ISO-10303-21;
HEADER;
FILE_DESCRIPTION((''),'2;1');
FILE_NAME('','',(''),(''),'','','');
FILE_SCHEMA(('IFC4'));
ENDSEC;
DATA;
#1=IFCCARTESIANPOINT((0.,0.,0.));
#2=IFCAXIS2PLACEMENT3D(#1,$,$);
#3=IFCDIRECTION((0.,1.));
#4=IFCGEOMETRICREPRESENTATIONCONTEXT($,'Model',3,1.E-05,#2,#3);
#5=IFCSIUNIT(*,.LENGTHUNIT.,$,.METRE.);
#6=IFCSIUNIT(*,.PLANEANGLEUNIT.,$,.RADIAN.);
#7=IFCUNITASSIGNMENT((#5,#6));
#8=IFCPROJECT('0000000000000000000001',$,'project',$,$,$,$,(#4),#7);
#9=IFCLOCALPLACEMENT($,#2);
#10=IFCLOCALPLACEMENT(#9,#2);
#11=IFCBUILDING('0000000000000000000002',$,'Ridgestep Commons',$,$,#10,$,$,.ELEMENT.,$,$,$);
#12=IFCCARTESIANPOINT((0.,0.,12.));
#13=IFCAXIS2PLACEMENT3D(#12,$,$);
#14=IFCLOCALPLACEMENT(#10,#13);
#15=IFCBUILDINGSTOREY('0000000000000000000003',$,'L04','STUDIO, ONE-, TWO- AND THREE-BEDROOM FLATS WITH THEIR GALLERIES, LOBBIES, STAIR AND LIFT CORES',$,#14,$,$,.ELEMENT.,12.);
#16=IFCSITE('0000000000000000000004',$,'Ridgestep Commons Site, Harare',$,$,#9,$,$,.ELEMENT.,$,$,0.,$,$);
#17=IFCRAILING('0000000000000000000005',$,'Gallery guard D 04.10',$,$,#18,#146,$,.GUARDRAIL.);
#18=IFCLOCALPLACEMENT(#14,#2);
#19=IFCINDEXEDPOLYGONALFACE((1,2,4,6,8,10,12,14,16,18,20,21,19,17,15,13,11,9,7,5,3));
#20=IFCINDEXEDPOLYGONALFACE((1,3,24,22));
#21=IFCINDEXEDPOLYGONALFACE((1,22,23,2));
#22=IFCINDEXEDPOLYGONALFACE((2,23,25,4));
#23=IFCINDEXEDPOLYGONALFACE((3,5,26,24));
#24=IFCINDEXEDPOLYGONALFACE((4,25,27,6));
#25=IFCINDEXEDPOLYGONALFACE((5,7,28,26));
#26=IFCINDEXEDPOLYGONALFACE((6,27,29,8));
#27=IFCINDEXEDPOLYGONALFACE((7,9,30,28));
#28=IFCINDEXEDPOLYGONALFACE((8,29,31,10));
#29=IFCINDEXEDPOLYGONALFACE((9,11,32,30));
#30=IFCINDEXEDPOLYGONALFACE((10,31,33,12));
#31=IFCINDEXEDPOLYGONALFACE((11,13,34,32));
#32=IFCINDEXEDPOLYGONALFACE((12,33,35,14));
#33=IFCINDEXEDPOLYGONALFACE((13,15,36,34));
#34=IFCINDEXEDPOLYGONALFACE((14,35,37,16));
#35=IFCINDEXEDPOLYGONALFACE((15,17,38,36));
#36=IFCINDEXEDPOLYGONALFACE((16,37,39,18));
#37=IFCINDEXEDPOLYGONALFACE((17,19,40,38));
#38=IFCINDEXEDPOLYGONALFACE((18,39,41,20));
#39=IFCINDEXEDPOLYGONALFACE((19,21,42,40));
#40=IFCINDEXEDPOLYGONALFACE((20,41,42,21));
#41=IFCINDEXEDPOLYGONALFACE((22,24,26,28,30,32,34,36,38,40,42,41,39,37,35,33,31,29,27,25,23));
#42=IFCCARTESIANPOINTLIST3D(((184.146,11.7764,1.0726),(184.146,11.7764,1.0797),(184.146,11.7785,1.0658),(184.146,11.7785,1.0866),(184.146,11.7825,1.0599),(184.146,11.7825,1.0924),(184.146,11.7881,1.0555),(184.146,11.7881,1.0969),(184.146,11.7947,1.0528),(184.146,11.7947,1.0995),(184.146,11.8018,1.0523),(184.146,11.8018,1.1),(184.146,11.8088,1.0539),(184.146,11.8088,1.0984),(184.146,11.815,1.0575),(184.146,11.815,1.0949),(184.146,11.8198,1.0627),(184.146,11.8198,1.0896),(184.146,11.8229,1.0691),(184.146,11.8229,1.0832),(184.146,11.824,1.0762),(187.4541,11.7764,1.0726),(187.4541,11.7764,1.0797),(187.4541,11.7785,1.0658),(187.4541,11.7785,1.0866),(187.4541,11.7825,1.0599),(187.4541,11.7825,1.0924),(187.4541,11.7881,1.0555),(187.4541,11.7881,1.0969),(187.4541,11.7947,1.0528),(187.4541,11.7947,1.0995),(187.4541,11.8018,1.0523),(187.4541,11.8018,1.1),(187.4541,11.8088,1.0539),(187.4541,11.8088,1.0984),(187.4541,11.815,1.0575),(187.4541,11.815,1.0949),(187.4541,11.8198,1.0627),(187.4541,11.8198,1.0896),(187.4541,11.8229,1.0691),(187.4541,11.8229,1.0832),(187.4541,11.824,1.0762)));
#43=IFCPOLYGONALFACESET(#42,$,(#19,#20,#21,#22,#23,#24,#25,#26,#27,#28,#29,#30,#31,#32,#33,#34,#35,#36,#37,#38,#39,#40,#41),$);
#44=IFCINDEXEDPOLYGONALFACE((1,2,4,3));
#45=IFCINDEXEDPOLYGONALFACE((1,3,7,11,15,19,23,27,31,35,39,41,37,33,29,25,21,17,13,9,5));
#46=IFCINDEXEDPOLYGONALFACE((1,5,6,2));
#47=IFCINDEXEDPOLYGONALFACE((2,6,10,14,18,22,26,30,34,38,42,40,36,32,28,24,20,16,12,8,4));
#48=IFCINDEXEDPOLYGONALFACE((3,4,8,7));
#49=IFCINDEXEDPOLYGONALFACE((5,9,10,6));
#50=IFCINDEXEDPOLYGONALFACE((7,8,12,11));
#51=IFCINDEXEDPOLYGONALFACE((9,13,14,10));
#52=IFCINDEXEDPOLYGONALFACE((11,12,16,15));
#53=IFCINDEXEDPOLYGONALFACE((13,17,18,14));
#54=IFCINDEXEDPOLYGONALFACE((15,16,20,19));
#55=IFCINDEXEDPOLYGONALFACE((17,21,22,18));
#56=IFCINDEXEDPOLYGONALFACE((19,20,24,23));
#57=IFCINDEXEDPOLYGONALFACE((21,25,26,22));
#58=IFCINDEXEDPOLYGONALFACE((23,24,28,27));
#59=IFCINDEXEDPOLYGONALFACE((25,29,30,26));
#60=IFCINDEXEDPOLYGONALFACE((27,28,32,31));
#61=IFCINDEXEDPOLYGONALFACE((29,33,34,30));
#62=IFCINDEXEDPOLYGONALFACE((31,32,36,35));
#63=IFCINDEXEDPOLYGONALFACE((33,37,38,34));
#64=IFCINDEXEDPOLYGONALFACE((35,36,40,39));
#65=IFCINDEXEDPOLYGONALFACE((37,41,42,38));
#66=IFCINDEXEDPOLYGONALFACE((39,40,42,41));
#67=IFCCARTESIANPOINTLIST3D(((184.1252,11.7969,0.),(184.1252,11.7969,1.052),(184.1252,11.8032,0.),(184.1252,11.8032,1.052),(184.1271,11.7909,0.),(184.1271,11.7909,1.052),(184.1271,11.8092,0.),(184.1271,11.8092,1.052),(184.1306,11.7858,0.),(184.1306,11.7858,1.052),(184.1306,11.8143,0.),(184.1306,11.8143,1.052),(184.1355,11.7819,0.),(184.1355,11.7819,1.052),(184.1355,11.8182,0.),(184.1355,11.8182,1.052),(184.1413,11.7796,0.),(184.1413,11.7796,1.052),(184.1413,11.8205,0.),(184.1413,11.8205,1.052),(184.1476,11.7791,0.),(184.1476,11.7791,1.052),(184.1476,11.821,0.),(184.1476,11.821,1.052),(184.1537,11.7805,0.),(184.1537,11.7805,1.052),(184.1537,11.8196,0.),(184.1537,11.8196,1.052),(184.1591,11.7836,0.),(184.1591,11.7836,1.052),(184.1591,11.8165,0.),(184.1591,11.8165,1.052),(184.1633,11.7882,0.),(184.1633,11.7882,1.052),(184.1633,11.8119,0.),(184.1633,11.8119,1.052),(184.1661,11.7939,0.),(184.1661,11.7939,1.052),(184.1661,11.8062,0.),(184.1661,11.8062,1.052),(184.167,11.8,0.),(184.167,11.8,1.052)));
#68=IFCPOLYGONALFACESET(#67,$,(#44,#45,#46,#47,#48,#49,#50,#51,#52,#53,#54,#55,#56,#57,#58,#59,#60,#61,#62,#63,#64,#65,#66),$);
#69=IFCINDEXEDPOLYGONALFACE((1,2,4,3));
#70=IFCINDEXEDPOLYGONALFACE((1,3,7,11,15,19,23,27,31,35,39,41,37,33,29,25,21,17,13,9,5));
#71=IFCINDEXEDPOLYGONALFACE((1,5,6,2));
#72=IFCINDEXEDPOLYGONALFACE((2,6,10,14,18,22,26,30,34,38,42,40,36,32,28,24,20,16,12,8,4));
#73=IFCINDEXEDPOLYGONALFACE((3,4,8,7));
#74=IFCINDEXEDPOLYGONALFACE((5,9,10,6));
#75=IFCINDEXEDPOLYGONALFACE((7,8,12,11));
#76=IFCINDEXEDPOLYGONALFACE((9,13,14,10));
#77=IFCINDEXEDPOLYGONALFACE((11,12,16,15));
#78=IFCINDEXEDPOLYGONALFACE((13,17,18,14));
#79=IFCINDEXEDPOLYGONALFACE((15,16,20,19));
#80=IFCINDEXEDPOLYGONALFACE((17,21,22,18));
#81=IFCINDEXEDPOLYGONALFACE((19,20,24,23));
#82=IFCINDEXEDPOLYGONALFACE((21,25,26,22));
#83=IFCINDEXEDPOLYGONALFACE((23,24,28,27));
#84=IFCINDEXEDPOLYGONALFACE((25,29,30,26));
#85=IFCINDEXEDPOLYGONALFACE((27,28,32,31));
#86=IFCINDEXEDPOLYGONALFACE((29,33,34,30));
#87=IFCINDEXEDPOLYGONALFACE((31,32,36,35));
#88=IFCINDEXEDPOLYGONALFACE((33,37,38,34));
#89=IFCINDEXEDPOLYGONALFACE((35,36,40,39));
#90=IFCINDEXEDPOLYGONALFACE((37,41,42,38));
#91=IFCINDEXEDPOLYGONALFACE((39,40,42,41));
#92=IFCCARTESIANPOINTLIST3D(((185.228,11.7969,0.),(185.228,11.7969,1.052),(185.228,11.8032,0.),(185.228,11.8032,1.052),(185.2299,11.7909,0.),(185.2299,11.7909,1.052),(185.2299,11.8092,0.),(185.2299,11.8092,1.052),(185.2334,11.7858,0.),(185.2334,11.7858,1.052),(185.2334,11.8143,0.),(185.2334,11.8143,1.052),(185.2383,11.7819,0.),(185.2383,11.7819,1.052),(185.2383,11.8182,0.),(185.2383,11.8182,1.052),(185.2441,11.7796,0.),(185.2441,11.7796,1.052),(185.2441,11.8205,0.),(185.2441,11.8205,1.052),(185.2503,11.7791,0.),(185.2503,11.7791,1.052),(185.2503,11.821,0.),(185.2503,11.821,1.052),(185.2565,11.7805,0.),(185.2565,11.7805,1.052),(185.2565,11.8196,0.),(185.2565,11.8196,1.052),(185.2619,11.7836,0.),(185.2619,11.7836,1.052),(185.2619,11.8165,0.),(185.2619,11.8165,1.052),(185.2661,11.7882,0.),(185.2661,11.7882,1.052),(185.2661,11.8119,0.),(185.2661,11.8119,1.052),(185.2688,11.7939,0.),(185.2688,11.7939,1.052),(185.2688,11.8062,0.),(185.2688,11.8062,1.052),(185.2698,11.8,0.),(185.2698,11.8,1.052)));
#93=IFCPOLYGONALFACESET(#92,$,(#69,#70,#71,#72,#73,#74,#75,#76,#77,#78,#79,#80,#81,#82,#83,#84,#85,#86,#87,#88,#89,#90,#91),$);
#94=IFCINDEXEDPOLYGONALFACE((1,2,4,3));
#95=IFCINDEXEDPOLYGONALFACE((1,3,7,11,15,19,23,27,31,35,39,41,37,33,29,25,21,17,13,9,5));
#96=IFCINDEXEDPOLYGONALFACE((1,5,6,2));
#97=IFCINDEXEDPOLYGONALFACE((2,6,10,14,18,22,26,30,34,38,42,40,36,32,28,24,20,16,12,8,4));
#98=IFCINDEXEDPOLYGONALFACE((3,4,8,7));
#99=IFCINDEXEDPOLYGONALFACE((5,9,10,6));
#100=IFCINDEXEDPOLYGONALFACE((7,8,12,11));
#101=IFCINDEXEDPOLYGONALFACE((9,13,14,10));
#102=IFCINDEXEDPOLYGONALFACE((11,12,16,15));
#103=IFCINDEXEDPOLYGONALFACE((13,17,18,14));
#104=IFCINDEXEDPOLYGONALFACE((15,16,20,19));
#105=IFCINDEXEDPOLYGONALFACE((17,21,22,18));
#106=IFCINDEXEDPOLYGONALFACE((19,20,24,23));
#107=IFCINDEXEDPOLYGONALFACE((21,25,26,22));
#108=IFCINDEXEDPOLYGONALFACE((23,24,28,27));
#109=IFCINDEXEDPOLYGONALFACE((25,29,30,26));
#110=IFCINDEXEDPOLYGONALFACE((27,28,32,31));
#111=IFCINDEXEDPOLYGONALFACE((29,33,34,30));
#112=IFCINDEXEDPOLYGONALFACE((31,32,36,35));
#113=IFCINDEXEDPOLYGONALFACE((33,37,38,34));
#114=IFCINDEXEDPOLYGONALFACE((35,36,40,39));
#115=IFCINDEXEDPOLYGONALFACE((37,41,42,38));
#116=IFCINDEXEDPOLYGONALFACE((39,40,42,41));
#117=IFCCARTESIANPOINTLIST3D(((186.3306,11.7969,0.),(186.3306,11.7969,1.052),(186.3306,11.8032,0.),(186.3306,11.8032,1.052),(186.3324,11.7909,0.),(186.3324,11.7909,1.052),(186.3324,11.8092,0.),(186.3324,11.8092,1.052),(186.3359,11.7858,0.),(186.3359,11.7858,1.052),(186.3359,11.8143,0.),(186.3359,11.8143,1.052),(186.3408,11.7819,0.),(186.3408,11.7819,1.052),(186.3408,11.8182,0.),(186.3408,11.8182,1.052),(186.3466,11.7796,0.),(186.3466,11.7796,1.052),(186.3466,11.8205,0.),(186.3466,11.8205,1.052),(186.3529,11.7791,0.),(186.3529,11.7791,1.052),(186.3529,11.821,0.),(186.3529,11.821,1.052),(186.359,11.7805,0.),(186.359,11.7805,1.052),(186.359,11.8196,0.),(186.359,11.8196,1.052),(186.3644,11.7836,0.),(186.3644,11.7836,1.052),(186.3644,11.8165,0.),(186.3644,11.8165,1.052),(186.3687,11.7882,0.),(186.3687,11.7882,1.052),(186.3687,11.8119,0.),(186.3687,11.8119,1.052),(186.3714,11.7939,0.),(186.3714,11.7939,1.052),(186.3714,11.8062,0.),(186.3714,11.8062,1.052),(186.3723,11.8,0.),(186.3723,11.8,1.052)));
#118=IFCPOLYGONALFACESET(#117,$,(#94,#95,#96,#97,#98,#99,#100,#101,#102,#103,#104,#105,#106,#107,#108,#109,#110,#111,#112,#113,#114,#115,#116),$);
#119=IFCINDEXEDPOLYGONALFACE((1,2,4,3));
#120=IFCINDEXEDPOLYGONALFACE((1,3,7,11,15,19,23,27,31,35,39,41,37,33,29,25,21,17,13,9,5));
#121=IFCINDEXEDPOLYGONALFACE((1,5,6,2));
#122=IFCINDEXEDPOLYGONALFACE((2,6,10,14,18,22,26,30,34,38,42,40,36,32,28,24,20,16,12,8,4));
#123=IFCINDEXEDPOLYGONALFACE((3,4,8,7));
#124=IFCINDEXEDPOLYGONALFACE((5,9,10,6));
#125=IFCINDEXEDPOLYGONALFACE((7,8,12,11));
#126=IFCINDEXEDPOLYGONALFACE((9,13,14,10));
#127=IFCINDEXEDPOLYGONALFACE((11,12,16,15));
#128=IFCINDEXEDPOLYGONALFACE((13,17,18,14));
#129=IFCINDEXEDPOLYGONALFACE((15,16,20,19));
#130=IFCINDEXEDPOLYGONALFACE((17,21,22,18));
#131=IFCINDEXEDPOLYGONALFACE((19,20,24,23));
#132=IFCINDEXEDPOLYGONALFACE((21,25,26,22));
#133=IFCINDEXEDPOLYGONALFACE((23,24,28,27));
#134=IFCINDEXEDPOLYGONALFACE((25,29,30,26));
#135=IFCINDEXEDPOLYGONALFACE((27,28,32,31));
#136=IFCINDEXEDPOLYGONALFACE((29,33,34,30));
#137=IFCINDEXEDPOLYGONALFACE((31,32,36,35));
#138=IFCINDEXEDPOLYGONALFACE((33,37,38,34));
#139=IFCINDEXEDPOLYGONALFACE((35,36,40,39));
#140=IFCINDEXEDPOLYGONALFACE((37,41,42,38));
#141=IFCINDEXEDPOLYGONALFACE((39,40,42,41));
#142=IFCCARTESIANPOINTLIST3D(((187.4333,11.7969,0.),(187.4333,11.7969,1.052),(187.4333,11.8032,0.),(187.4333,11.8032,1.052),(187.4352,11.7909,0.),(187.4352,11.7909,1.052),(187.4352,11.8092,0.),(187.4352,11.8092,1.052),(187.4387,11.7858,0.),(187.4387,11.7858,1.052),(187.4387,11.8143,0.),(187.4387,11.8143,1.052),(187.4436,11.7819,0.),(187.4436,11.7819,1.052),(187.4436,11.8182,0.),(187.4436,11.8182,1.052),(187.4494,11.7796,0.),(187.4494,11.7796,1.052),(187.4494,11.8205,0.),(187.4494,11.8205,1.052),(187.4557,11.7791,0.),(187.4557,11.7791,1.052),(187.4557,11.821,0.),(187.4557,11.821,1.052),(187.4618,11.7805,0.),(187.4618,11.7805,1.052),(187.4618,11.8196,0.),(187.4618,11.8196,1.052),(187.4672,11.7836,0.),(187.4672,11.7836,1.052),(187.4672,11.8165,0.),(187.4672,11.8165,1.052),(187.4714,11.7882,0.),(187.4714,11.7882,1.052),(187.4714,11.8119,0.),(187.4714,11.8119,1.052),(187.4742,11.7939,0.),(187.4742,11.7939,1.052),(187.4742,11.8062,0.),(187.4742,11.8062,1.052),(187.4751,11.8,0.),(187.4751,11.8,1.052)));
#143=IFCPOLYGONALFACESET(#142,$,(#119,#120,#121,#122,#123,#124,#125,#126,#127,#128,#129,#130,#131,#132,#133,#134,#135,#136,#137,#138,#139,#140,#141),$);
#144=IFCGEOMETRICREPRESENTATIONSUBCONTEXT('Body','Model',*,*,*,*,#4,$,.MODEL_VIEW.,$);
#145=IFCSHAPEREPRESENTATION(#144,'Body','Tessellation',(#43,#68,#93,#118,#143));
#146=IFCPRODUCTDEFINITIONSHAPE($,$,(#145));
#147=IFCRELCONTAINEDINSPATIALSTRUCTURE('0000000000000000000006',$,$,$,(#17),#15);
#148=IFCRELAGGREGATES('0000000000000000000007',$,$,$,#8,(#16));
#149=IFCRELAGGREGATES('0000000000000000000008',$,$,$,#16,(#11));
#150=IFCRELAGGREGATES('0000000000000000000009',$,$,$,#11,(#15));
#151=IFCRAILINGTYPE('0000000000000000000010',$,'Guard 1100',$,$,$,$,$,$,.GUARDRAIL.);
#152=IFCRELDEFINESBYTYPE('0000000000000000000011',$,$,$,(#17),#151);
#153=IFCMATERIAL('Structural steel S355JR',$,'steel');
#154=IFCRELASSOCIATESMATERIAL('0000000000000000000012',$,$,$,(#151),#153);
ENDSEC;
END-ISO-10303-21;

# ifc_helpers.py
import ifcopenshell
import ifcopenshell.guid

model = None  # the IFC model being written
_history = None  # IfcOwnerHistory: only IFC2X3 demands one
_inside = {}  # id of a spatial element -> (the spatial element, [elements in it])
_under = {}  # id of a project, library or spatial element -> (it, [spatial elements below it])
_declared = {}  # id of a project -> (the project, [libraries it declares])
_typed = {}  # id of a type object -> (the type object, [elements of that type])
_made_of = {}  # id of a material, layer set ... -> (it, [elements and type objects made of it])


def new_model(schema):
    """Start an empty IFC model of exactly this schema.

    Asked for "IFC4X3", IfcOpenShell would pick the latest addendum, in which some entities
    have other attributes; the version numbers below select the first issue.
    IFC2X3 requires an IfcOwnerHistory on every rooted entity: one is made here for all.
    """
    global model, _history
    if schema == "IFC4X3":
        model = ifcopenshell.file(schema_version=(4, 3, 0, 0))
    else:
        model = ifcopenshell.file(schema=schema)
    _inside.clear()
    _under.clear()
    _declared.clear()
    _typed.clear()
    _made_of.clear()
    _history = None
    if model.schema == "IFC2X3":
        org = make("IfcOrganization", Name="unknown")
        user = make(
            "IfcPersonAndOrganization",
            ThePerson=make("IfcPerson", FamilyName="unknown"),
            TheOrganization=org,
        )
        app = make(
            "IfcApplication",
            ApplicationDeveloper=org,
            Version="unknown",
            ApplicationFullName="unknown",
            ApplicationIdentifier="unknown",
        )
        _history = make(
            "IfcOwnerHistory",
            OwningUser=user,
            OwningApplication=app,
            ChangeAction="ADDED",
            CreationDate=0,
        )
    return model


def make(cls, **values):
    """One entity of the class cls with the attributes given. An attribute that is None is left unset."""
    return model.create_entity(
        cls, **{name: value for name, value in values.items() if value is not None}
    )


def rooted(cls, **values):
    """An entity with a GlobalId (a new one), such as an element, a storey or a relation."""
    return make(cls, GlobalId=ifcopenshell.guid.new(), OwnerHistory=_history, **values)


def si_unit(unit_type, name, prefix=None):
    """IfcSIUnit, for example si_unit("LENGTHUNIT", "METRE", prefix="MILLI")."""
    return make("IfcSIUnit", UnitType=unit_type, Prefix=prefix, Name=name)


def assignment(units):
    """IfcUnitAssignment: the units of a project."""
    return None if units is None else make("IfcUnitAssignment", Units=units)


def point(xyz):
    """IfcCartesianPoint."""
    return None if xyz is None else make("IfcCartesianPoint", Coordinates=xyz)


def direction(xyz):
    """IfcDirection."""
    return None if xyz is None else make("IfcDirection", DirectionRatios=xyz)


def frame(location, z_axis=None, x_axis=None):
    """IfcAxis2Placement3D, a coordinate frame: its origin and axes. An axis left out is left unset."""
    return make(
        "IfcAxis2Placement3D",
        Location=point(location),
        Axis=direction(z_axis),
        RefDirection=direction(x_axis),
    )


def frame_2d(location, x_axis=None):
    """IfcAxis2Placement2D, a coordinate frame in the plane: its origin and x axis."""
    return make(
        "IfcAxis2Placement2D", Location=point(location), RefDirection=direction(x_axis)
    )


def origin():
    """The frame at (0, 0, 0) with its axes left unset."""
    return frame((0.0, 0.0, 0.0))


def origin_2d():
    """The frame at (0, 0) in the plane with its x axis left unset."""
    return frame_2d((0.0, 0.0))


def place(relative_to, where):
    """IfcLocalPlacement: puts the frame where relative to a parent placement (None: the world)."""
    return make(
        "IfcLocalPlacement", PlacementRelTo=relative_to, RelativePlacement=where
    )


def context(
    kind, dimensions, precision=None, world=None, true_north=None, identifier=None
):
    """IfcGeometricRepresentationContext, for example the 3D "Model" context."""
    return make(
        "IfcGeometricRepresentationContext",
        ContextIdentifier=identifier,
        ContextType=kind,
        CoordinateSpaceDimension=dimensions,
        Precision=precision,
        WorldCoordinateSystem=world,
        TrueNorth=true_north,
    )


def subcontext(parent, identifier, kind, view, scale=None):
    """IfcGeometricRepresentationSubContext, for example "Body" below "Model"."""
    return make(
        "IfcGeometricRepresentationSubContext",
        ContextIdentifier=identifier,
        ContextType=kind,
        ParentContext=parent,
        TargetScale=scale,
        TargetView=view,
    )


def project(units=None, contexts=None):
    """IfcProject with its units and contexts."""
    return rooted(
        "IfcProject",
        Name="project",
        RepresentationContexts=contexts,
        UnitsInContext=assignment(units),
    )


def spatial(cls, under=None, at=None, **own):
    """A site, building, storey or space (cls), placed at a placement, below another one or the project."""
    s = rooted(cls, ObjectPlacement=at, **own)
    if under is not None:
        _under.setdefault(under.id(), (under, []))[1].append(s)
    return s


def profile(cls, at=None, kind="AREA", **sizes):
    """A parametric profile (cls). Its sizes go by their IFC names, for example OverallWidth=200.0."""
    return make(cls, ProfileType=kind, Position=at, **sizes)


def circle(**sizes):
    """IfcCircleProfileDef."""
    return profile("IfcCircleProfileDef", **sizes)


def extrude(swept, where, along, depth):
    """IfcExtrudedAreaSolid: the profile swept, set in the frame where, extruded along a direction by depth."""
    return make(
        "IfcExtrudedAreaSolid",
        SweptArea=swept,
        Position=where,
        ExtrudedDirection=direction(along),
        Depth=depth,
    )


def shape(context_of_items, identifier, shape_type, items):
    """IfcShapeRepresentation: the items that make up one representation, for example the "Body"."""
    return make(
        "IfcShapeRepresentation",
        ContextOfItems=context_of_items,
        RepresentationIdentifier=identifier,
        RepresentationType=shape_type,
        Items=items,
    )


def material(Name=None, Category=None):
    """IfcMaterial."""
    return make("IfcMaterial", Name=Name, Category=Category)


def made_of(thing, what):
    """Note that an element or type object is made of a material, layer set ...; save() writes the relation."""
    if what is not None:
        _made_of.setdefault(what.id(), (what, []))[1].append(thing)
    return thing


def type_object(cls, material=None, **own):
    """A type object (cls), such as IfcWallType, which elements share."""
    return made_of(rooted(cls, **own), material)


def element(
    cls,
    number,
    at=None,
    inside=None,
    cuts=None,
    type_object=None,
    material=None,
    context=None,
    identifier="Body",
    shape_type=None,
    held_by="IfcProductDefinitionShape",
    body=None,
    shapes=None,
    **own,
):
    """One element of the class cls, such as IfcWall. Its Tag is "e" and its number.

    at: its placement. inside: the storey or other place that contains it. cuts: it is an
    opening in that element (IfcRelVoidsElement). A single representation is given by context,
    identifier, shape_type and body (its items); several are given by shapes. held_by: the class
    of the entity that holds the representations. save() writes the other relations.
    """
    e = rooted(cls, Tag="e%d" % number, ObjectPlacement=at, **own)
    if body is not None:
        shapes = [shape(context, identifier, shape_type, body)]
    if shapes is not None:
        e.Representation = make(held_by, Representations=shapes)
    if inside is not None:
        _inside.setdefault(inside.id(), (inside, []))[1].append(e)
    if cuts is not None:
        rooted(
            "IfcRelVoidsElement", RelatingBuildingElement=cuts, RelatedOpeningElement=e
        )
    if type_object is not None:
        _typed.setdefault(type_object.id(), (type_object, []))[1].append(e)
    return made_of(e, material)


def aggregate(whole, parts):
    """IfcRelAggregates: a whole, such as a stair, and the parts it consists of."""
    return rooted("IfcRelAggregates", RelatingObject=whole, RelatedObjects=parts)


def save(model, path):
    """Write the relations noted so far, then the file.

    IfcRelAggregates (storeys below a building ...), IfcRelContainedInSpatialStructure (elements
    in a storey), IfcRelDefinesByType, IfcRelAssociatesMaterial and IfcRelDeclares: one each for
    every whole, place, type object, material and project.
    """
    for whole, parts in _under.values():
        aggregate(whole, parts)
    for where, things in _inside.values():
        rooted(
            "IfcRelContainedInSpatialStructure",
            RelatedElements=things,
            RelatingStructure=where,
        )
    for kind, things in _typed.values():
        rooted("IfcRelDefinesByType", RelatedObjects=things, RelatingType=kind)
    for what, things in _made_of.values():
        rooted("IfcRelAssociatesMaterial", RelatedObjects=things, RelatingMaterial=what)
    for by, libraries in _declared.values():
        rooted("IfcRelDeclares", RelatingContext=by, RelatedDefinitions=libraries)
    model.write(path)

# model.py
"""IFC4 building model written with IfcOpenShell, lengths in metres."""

from ifc_helpers import new_model, si_unit, direction, frame, origin, origin_2d, place, context, subcontext, project, spatial, circle, extrude, material, type_object, element, save


model = new_model("IFC4")

# Units and contexts
model_context = context("Model", 3, precision=1e-05, world=origin(), true_north=direction((0.0, 1.0)))
body_context = subcontext(model_context, "Body", "Model", "MODEL_VIEW")
ifc_project = project(units=[si_unit("LENGTHUNIT", "METRE"), si_unit("PLANEANGLEUNIT", "RADIAN")], contexts=[model_context])

# Site, building, storey
site_placement = place(None, origin())
site = spatial("IfcSite", under=ifc_project, at=site_placement, Name="Ridgestep Commons Site, Harare", CompositionType="ELEMENT", RefElevation=0.0)
building_placement = place(site_placement, origin())
building = spatial("IfcBuilding", under=site, at=building_placement, Name="Ridgestep Commons", CompositionType="ELEMENT")
storey_placement = place(building_placement, frame((0.0, 0.0, 12.0)))
storey = spatial("IfcBuildingStorey", under=building, at=storey_placement, Name="L04", Description="STUDIO, ONE-, TWO- AND THREE-BEDROOM FLATS WITH THEIR GALLERIES, LOBBIES, STAIR AND LIFT CORES", CompositionType="ELEMENT", Elevation=12.0)

# Railing
ifc_material_1 = material(Name="Structural steel S355JR", Category="steel")
railing_type = type_object("IfcRailingType", Name="Guard 1100", PredefinedType="GUARDRAIL", material=ifc_material_1)
railing_1_placement = place(storey_placement, frame((184.146, 11.8, 0.0)))
element("IfcRailing", 1, at=railing_1_placement, inside=storey, type_object=railing_type, Name="Gallery guard D 04.10", PredefinedType="GUARDRAIL", context=body_context, shape_type="SweptSolid", body=[
    extrude(circle(Radius=0.0239, at=origin_2d()), frame((0.0, 0.0, 1.0762), z_axis=(1.0, 0.0, 0.0), x_axis=(0.0, 1.0, 0.0)), (0.0, 0.0, 1.0), 3.3081),
    extrude(circle(Radius=0.021, at=origin_2d()), origin(), (0.0, 0.0, 1.0), 1.052),
    extrude(circle(Radius=0.021, at=origin_2d()), frame((1.1028, 0.0, 0.0)), (0.0, 0.0, 1.0), 1.052),
    extrude(circle(Radius=0.021, at=origin_2d()), frame((2.2053, 0.0, 0.0)), (0.0, 0.0, 1.0), 1.052),
    extrude(circle(Radius=0.021, at=origin_2d()), frame((3.3081, 0.0, 0.0)), (0.0, 0.0, 1.0), 1.052),
])

save(model, "model.ifc")
